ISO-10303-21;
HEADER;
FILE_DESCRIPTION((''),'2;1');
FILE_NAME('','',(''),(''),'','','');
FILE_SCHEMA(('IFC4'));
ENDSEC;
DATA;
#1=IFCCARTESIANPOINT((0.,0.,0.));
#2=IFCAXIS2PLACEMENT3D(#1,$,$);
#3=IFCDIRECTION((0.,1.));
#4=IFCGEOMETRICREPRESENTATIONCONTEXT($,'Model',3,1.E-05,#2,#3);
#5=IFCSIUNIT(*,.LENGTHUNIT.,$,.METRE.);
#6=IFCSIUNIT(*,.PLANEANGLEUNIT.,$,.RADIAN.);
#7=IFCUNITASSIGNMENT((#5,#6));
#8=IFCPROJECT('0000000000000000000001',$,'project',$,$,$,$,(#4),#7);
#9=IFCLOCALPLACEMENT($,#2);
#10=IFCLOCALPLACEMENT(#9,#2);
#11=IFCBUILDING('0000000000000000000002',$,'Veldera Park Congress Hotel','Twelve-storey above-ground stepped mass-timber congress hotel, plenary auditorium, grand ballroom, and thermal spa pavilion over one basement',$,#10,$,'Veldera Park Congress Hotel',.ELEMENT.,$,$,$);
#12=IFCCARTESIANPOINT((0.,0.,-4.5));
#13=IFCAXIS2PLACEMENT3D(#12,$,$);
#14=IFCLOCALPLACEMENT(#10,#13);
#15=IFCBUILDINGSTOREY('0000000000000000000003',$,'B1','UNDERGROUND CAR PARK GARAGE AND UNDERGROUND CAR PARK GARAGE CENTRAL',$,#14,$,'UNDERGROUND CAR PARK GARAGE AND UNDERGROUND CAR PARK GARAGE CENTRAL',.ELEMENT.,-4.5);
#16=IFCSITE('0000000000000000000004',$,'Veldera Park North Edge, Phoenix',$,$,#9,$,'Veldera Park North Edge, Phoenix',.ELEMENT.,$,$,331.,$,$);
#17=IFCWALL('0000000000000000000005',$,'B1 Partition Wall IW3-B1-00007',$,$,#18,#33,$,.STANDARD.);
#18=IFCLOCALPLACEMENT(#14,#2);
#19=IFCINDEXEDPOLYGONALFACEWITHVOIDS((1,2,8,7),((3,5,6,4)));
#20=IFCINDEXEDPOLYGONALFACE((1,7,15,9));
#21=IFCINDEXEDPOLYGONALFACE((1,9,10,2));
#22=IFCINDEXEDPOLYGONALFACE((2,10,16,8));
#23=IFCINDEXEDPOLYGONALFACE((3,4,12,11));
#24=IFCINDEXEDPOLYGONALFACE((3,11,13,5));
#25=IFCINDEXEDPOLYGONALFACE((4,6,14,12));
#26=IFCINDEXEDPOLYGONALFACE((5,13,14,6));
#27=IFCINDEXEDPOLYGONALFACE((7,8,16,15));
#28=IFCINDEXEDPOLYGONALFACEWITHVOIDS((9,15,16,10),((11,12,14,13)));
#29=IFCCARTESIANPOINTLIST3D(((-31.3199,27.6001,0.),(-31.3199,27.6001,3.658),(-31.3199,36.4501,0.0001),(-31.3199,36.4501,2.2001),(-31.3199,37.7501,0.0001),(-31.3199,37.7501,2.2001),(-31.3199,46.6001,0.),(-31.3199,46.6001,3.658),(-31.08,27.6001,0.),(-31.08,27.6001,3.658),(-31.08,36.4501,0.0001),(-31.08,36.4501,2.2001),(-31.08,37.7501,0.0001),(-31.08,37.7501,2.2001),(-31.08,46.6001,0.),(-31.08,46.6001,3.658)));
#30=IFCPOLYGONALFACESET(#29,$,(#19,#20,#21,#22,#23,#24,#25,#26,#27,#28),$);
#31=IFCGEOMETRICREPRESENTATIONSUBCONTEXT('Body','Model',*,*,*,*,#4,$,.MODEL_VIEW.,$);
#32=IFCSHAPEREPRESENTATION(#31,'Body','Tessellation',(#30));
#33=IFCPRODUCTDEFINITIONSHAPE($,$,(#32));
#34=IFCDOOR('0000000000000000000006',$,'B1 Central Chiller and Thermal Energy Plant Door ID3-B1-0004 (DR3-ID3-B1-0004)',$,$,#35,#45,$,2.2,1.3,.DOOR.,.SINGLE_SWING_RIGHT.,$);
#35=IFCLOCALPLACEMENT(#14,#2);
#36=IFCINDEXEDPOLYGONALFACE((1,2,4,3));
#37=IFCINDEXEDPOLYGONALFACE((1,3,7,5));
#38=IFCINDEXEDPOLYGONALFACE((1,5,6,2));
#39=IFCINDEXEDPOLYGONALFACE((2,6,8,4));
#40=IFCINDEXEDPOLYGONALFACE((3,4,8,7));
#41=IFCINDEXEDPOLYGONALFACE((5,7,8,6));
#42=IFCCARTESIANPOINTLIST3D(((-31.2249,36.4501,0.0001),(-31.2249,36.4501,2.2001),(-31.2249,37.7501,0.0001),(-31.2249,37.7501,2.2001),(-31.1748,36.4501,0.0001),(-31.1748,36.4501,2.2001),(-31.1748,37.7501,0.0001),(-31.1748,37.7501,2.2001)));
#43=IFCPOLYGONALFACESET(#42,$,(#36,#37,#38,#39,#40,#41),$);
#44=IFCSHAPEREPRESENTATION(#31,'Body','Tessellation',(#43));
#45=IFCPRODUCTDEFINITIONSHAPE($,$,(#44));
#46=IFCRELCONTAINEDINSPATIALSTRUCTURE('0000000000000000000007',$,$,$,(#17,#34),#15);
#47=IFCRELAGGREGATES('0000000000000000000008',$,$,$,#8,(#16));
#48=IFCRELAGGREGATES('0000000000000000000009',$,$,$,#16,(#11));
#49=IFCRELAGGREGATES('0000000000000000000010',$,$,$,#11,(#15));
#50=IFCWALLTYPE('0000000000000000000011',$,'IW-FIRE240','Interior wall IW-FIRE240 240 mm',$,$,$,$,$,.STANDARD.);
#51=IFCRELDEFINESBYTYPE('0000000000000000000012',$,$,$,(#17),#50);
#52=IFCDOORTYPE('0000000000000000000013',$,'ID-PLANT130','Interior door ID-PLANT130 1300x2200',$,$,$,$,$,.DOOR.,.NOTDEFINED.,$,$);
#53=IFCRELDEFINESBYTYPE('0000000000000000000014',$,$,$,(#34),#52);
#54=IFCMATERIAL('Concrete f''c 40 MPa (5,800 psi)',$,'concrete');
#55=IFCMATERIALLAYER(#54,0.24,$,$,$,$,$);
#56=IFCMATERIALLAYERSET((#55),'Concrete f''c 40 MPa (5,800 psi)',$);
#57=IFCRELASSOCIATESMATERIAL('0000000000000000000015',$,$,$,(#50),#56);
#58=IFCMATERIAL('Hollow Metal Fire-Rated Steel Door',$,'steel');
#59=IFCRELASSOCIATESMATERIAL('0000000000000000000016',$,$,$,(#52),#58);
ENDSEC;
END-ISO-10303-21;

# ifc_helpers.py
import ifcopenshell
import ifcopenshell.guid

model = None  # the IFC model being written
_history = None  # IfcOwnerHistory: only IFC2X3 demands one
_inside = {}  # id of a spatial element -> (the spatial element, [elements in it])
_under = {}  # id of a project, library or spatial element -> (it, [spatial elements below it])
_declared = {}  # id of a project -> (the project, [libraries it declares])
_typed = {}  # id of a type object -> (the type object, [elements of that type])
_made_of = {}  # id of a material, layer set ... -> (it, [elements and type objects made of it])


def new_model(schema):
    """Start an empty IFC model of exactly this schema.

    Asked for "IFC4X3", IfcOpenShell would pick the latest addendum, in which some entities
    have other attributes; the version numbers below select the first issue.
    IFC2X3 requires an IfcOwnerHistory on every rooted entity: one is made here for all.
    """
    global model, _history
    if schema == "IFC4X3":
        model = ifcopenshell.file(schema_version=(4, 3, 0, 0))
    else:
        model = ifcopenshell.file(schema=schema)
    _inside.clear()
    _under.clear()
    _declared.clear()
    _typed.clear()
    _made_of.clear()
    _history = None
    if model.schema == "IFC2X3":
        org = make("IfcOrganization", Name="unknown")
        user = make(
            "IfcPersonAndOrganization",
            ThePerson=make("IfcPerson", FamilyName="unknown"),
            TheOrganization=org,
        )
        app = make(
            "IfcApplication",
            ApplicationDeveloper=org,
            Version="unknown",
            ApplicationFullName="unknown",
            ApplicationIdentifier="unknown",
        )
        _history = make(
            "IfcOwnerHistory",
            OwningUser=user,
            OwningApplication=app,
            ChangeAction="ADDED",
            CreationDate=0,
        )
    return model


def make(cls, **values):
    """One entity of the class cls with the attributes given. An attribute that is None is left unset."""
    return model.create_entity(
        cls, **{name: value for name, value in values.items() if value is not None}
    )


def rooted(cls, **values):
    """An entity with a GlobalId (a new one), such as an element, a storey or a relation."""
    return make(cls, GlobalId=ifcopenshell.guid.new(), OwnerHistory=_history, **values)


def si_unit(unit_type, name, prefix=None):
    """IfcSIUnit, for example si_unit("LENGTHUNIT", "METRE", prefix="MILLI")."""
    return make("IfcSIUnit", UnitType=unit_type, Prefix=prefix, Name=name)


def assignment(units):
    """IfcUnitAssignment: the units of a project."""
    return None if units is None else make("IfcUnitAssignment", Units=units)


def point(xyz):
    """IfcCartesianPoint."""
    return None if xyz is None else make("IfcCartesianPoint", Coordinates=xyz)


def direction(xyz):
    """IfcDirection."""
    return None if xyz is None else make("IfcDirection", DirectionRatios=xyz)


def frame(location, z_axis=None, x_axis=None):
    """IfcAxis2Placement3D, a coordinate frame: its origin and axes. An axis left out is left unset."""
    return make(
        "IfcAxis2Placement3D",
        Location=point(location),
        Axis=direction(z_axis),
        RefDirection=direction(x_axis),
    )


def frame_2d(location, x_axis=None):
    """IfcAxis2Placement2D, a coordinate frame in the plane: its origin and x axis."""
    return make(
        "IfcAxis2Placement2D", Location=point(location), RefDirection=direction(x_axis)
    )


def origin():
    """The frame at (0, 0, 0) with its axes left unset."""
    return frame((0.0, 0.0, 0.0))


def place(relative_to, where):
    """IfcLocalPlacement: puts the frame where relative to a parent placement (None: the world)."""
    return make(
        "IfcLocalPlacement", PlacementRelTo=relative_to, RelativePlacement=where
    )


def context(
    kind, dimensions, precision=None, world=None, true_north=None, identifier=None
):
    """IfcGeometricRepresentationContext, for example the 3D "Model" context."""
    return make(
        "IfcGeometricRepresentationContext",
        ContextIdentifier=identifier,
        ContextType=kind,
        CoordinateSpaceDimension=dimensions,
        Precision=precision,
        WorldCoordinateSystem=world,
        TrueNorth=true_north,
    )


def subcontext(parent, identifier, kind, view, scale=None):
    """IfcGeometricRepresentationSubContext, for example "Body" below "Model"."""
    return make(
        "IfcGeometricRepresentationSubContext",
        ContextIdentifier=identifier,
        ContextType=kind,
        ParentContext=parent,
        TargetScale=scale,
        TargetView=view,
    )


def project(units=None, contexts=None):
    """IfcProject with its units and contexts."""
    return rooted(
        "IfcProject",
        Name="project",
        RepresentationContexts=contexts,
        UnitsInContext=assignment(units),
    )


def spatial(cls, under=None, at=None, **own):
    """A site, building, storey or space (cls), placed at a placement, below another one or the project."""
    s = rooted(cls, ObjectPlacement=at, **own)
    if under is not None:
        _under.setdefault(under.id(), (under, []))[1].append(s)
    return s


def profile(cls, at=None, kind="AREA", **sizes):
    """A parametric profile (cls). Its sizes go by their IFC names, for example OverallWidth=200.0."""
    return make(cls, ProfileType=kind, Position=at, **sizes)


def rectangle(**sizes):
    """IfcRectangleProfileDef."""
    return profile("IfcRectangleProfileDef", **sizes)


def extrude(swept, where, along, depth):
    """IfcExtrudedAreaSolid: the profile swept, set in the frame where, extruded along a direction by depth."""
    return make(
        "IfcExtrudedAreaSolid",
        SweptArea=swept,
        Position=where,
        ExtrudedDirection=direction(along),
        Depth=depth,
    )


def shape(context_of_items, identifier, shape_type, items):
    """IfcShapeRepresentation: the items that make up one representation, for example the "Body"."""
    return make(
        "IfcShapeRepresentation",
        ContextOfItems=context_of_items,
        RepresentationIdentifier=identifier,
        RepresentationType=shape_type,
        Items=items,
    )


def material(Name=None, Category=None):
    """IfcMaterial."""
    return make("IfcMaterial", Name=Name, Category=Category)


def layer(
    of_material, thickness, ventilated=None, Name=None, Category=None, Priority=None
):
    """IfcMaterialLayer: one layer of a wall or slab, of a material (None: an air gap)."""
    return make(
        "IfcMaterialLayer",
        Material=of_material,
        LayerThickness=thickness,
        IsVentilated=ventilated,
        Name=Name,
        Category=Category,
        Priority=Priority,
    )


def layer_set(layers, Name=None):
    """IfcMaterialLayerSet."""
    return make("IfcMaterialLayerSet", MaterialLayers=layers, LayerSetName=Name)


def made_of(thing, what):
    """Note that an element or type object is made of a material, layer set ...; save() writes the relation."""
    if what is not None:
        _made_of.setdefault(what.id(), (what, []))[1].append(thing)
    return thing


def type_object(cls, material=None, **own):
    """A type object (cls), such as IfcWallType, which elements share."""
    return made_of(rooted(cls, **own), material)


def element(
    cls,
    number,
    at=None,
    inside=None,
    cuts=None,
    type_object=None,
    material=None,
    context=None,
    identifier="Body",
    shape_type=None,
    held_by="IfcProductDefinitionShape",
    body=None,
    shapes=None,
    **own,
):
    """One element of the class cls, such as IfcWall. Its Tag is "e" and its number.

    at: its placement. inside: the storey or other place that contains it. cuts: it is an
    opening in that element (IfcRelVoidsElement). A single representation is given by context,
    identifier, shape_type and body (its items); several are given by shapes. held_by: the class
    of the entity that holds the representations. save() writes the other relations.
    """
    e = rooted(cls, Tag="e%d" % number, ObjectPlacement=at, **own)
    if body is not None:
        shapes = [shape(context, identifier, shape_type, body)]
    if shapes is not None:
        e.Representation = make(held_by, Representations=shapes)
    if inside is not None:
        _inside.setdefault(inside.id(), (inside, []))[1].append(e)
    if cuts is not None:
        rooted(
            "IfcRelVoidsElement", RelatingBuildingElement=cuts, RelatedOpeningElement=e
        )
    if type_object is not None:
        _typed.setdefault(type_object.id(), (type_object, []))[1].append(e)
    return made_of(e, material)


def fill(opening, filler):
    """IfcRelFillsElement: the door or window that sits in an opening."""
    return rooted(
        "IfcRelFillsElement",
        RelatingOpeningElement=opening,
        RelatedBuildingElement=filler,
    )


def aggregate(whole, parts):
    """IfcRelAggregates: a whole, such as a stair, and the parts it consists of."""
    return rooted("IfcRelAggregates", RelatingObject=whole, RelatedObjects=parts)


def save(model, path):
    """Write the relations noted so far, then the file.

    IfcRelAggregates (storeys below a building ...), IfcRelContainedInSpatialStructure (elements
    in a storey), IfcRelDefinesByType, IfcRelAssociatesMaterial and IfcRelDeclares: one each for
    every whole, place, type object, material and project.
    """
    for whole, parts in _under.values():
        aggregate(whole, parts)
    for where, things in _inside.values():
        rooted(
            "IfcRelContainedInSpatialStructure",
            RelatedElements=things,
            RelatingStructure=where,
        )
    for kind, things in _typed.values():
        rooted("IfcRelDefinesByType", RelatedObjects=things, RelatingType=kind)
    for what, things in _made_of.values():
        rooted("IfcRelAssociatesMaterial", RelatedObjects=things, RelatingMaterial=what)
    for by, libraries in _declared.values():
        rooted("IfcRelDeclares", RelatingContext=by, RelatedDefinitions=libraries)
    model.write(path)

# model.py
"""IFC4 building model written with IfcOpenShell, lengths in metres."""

from ifc_helpers import new_model, si_unit, direction, frame, frame_2d, origin, place, context, subcontext, project, spatial, rectangle, extrude, material, layer, layer_set, type_object, element, fill, save


model = new_model("IFC4")

# Units and contexts
model_context = context("Model", 3, precision=1e-05, world=origin(), true_north=direction((0.0, 1.0)))
body_context = subcontext(model_context, "Body", "Model", "MODEL_VIEW")
ifc_project = project(units=[si_unit("LENGTHUNIT", "METRE"), si_unit("PLANEANGLEUNIT", "RADIAN")], contexts=[model_context])

# Site, building, storey
site_placement = place(None, origin())
site = spatial("IfcSite", under=ifc_project, at=site_placement, Name="Veldera Park North Edge, Phoenix", LongName="Veldera Park North Edge, Phoenix", CompositionType="ELEMENT", RefElevation=331.0)
building_placement = place(site_placement, origin())
building = spatial("IfcBuilding", under=site, at=building_placement, Name="Veldera Park Congress Hotel", Description="Twelve-storey above-ground stepped mass-timber congress hotel, plenary auditorium, grand ballroom, and thermal spa pavilion over one basement", LongName="Veldera Park Congress Hotel", CompositionType="ELEMENT")
storey_placement = place(building_placement, frame((0.0, 0.0, -4.5)))
storey = spatial("IfcBuildingStorey", under=building, at=storey_placement, Name="B1", Description="UNDERGROUND CAR PARK GARAGE AND UNDERGROUND CAR PARK GARAGE CENTRAL", LongName="UNDERGROUND CAR PARK GARAGE AND UNDERGROUND CAR PARK GARAGE CENTRAL", CompositionType="ELEMENT", Elevation=-4.5)

# Shared definitions
ifc_material_1 = material(Name="Concrete f'c 40 MPa (5,800 psi)", Category="concrete")

# Wall, opening, door
ifc_layer_1 = layer(ifc_material_1, 0.24)
ifc_layer_set_1 = layer_set([ifc_layer_1], Name="Concrete f'c 40 MPa (5,800 psi)")
wall_type = type_object("IfcWallType", Name="IW-FIRE240", Description="Interior wall IW-FIRE240 240 mm", PredefinedType="STANDARD", material=ifc_layer_set_1)
wall_placement = place(storey_placement, frame((-31.2, 27.6001, 0.0), z_axis=(0.0, 0.0, 1.0), x_axis=(0.0, 1.0, 0.0)))
wall = element("IfcWall", 1, at=wall_placement, inside=storey, type_object=wall_type, Name="B1 Partition Wall IW3-B1-00007", PredefinedType="STANDARD", context=body_context, shape_type="SweptSolid", body=[
    extrude(rectangle(XDim=19.0, YDim=0.24, at=frame_2d((9.5, 0.0))), origin(), (0.0, 0.0, 1.0), 3.658),
])
opening_placement = place(wall_placement, frame((8.8501, 0.0, 0.0)))
opening = element("IfcOpeningElement", 2, at=opening_placement, cuts=wall, PredefinedType="OPENING", context=body_context, shape_type="SweptSolid", body=[
    extrude(rectangle(XDim=1.3, YDim=2.2, at=frame_2d((0.6499, 1.1001))), frame((0.0, 0.1321, 0.0), z_axis=(0.0, -1.0, 0.0), x_axis=(1.0, 0.0, 0.0)), (0.0, 0.0, 1.0), 0.2639),
])
ifc_material_2 = material(Name="Hollow Metal Fire-Rated Steel Door", Category="steel")
door_type = type_object("IfcDoorType", Name="ID-PLANT130", Description="Interior door ID-PLANT130 1300x2200", OperationType="NOTDEFINED", PredefinedType="DOOR", material=ifc_material_2)
door_placement = place(opening_placement, origin())
door = element("IfcDoor", 3, at=door_placement, inside=storey, type_object=door_type, Name="B1 Central Chiller and Thermal Energy Plant Door ID3-B1-0004 (DR3-ID3-B1-0004)", OperationType="SINGLE_SWING_RIGHT", OverallHeight=2.2, OverallWidth=1.3, PredefinedType="DOOR", context=body_context, shape_type="SweptSolid", body=[
    extrude(rectangle(XDim=1.3, YDim=2.2, at=frame_2d((0.6499, 1.1001))), frame((0.0, 0.0249, 0.0), z_axis=(0.0, -1.0, 0.0), x_axis=(1.0, 0.0, 0.0)), (0.0, 0.0, 1.0), 0.05),
])
fill(opening, door)

save(model, "model.ifc")
